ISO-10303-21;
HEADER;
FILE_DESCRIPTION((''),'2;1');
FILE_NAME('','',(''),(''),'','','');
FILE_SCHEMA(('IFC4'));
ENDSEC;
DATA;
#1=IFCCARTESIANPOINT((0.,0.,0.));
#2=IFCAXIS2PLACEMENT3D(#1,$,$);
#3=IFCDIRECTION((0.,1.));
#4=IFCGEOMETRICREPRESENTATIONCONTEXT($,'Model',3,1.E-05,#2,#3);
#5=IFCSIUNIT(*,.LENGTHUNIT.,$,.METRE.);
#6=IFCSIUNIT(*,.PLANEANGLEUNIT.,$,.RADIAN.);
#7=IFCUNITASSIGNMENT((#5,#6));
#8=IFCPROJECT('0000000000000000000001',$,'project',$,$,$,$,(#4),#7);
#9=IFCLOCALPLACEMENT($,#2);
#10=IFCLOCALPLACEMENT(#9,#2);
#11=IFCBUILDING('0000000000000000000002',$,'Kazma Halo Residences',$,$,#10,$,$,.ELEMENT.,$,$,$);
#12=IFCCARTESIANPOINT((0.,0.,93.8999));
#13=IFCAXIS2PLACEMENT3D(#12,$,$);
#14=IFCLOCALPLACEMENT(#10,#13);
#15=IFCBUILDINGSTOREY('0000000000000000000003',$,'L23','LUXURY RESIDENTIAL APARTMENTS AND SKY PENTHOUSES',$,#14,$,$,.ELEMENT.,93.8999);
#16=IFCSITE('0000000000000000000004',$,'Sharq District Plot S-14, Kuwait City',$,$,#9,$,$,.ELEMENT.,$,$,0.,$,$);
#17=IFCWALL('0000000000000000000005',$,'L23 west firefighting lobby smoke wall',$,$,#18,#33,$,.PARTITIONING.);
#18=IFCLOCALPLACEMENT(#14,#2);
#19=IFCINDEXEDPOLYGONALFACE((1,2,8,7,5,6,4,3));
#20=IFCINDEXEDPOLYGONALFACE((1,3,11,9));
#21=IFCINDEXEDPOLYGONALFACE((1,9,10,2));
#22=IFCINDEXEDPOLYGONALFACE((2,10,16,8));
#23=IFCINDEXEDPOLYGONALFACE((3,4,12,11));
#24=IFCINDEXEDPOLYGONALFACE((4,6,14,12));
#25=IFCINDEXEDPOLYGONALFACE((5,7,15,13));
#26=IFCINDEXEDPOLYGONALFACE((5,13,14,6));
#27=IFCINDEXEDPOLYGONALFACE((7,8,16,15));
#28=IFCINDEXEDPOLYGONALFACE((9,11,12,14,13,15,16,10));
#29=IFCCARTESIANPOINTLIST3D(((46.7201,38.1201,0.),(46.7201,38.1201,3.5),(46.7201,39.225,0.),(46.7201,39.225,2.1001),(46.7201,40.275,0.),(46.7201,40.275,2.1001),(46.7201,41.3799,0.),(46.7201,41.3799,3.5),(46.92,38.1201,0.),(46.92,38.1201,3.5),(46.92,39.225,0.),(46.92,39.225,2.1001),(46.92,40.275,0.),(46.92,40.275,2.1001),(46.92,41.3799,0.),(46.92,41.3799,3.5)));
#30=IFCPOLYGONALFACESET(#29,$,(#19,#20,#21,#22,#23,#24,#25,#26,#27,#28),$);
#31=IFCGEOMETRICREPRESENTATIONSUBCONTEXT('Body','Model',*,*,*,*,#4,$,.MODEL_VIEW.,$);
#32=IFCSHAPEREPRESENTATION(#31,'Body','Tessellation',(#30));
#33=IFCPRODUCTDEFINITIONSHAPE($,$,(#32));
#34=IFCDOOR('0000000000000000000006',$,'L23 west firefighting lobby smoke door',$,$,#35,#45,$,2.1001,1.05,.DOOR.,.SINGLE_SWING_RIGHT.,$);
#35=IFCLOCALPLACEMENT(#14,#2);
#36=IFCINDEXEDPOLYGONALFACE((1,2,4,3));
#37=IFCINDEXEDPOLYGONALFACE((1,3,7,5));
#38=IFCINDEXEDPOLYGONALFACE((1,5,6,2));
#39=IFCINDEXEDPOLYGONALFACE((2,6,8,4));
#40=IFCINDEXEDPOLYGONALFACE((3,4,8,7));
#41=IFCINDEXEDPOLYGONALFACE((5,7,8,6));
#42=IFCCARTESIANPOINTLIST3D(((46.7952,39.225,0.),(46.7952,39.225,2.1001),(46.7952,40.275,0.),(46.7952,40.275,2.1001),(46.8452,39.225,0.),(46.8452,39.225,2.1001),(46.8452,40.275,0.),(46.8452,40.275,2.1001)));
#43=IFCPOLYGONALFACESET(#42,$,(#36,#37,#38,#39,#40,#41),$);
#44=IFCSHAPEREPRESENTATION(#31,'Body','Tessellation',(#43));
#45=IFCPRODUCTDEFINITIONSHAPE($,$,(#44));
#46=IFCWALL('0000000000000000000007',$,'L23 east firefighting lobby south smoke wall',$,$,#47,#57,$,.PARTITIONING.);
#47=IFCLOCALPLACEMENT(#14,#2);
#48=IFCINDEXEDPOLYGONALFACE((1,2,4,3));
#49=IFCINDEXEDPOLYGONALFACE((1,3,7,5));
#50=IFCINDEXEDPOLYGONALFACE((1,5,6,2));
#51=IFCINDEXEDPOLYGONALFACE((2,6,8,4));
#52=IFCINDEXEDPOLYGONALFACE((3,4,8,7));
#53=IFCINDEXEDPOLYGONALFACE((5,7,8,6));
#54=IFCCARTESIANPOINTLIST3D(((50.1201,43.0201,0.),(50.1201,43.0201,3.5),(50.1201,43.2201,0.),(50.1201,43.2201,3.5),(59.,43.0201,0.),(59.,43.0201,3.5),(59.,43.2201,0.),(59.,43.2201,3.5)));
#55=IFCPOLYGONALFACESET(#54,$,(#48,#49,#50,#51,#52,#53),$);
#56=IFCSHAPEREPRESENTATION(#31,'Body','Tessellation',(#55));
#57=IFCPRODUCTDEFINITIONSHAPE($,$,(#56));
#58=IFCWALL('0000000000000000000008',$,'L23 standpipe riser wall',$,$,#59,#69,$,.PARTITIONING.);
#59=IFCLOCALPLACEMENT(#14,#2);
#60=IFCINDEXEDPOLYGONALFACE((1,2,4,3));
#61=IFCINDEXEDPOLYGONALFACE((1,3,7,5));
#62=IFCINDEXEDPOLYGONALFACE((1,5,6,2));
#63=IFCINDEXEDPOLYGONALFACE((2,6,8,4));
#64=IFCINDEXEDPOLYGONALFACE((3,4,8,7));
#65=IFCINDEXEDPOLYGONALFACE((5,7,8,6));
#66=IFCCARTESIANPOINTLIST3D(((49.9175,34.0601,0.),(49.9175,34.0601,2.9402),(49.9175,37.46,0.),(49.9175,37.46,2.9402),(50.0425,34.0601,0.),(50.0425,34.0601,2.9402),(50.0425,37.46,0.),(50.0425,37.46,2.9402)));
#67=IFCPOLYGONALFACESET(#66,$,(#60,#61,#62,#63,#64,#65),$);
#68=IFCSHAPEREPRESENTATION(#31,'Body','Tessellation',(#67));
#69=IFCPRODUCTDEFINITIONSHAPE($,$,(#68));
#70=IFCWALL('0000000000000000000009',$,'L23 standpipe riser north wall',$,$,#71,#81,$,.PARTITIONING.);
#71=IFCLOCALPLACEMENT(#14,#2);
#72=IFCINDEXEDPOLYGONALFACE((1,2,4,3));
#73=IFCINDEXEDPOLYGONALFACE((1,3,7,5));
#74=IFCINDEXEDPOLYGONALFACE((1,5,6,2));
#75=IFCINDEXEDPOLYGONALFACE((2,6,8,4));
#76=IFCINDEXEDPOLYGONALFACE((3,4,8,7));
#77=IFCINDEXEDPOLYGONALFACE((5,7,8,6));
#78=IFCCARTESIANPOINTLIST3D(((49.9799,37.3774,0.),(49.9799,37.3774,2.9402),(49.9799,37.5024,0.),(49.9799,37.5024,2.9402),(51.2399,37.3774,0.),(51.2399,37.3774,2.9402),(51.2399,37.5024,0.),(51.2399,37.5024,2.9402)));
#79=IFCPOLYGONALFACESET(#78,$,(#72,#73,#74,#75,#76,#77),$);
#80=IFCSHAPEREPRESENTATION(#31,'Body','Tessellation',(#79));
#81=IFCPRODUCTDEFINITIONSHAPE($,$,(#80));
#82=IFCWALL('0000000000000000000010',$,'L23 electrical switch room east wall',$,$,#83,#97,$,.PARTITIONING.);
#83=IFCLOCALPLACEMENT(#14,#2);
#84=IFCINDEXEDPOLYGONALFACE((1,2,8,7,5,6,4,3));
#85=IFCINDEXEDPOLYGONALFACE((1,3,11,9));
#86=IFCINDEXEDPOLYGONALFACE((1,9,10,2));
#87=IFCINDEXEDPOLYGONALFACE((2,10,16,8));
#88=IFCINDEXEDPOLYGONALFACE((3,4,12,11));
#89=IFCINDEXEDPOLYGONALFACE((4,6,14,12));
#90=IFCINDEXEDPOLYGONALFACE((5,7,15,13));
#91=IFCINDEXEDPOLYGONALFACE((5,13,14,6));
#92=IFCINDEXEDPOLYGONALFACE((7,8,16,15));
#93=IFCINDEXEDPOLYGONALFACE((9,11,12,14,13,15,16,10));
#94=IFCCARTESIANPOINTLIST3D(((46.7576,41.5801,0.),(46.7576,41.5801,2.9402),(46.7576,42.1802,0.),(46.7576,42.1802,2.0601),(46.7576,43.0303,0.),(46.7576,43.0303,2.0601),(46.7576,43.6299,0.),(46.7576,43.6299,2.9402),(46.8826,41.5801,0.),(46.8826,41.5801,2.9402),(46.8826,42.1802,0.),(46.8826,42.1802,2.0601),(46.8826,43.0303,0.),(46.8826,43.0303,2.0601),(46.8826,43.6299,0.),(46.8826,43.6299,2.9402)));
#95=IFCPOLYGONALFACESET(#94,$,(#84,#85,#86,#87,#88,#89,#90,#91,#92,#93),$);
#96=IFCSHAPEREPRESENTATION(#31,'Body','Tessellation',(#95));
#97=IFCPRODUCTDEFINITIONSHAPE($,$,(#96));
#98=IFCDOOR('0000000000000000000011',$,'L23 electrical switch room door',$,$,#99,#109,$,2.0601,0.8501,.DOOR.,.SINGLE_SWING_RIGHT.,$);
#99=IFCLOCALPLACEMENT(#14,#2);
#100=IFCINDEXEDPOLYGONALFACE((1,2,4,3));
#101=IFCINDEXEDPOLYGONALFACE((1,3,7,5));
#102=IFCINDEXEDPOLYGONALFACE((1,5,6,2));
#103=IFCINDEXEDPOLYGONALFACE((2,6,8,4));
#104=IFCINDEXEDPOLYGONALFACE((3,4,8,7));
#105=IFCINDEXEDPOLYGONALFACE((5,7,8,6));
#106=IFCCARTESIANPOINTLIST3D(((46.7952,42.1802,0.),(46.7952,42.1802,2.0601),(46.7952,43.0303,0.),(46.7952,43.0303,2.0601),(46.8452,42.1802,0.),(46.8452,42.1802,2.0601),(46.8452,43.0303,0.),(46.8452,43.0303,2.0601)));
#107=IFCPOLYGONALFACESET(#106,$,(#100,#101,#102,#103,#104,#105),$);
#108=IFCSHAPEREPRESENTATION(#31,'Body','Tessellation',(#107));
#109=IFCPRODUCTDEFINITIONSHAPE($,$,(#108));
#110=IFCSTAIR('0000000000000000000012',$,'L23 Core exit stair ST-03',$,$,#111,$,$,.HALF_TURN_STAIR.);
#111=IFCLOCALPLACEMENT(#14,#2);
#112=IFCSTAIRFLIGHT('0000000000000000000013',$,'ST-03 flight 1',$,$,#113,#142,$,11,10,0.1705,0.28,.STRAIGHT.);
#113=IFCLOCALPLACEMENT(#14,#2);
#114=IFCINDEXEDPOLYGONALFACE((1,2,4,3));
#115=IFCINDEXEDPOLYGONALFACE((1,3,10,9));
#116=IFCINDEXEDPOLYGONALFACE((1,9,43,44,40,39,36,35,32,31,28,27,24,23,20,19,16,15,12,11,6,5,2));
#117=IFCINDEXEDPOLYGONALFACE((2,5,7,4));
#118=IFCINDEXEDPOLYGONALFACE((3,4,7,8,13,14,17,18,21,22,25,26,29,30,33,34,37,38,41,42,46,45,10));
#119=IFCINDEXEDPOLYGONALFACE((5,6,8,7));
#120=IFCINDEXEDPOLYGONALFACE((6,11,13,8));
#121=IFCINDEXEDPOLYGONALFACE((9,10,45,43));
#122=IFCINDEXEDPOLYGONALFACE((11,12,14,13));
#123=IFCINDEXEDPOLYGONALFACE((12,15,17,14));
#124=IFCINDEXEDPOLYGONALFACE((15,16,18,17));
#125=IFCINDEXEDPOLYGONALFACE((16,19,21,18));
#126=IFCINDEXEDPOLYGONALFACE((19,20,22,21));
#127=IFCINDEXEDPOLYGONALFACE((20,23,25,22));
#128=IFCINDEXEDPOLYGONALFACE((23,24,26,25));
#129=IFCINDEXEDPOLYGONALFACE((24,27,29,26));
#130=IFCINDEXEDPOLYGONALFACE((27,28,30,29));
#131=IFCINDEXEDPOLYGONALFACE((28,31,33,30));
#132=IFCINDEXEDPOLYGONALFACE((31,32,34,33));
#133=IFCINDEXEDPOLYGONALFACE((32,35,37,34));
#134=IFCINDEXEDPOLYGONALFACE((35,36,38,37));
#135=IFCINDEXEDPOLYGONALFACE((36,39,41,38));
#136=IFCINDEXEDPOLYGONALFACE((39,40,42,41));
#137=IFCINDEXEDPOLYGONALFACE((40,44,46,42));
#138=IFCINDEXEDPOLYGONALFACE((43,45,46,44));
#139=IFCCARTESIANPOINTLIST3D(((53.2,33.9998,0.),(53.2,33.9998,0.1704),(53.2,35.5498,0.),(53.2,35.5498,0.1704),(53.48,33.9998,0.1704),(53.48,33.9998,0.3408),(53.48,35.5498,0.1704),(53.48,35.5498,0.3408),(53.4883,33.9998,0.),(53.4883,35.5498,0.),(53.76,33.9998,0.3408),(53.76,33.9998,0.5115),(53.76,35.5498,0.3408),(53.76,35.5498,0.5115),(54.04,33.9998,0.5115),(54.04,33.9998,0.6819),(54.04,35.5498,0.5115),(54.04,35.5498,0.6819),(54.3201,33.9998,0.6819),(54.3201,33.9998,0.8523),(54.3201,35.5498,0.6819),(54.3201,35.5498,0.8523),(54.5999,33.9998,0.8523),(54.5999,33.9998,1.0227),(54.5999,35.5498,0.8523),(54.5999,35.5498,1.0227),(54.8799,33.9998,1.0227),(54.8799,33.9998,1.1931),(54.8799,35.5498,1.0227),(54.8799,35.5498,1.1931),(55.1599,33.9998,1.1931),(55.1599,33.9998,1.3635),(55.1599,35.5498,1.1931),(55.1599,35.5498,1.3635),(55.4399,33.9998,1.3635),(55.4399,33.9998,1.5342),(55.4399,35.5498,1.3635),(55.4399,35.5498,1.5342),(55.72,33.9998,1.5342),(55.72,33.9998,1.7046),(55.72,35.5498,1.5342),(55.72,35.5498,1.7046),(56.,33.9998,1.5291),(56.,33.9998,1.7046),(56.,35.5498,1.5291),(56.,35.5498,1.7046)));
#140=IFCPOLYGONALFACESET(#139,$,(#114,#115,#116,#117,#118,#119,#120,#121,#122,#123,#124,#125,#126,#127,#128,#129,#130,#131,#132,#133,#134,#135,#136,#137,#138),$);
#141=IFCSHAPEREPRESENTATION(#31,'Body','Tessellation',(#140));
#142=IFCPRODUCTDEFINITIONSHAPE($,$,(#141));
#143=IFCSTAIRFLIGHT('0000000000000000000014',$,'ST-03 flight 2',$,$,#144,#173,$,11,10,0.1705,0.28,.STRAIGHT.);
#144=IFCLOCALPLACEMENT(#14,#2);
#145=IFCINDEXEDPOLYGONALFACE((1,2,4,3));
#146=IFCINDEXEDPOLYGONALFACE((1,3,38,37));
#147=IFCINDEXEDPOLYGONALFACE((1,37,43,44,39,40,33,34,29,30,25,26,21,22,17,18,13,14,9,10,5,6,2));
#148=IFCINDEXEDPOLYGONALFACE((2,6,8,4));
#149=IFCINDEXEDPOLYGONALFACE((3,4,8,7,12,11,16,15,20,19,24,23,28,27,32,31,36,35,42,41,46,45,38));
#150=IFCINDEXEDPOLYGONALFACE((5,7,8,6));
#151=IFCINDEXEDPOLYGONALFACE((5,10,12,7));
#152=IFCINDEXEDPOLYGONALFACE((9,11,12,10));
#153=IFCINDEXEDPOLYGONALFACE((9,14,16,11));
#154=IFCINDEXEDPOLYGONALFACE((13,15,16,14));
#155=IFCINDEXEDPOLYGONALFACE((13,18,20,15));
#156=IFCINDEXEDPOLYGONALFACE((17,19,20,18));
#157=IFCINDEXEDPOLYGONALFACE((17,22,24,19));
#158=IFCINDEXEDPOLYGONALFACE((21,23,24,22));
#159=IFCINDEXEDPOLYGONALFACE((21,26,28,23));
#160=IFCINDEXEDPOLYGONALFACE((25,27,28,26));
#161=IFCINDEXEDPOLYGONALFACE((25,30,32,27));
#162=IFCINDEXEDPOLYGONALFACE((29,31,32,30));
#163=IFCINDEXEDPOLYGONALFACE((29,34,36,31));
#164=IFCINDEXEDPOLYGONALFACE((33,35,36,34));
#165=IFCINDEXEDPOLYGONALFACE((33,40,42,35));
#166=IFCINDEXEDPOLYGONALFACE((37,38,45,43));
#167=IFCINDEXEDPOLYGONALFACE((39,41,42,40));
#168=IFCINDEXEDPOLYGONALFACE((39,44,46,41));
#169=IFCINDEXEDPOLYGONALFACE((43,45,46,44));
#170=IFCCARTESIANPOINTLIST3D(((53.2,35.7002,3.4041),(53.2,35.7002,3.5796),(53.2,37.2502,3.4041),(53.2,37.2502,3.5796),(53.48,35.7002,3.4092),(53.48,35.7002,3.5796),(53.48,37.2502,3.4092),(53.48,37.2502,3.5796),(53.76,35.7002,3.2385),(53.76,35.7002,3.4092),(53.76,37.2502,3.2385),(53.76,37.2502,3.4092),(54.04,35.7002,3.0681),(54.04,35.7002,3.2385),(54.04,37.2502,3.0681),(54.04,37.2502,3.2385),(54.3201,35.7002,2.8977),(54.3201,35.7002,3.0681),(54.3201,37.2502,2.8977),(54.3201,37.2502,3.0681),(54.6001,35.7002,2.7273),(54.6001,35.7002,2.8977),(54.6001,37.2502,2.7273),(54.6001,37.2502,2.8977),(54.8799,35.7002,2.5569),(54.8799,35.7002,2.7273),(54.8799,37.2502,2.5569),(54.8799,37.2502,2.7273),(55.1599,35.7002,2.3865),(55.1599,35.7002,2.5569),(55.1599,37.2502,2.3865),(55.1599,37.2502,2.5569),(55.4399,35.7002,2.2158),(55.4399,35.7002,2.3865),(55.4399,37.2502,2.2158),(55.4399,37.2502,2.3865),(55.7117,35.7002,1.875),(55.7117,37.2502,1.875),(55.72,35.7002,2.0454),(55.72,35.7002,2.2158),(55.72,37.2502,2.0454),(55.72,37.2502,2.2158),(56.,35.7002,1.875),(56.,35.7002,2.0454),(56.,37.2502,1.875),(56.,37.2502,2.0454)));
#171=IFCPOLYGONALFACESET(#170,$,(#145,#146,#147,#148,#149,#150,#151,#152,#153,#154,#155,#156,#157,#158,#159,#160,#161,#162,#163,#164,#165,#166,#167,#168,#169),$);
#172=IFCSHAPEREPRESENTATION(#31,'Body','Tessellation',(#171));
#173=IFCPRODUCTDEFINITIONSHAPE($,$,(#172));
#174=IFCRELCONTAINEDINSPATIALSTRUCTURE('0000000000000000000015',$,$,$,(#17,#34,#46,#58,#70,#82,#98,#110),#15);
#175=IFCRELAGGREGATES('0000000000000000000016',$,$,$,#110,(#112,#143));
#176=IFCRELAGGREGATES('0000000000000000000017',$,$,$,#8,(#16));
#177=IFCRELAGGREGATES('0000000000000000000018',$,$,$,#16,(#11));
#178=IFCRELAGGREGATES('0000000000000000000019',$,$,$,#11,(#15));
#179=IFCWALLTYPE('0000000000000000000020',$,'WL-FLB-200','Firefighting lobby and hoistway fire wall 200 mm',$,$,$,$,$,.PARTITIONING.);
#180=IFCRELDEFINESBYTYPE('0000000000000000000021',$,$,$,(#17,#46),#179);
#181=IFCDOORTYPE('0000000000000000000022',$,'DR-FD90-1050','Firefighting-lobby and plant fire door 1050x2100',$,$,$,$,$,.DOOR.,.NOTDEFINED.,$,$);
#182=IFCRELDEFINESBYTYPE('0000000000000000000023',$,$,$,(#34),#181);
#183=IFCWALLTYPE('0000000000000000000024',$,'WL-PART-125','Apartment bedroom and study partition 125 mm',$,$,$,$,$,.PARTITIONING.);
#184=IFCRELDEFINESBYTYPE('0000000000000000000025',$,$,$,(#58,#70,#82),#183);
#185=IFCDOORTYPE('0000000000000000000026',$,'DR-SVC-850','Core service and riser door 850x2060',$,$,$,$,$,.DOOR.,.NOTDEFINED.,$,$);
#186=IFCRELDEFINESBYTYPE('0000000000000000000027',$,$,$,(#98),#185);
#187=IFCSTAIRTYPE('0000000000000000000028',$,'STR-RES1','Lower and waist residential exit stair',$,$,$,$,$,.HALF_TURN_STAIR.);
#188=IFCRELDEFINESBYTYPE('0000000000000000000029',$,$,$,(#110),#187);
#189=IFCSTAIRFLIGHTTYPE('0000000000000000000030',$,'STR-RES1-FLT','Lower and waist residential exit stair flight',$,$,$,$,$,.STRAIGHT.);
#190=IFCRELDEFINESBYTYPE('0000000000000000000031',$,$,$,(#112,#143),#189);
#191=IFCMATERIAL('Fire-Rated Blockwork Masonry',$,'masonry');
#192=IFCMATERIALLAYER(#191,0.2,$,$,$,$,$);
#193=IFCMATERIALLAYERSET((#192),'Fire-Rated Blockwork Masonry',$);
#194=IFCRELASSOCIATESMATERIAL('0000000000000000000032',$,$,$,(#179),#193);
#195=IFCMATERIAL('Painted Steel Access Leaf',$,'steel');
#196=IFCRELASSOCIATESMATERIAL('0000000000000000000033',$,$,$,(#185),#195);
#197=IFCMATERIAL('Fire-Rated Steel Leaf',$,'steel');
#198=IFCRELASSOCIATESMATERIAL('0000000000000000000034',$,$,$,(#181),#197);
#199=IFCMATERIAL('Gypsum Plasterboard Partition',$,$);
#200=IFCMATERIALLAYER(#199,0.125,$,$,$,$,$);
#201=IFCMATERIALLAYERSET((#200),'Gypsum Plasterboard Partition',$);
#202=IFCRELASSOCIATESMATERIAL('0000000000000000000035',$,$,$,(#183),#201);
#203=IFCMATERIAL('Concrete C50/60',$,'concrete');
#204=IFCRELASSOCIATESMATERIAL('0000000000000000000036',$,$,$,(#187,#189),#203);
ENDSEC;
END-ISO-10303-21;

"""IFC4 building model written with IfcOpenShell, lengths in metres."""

from ifc_helpers import new_model, si_unit, direction, frame, frame_2d, origin, place, context, subcontext, project, spatial, polyline, rectangle, outline, extrude, material, layer, layer_set, type_object, element, fill, aggregate, save


model = new_model("IFC4")

# Units and contexts
model_context = context("Model", 3, precision=1e-05, world=origin(), true_north=direction((0.0, 1.0)))
body_context = subcontext(model_context, "Body", "Model", "MODEL_VIEW")
ifc_project = project(units=[si_unit("LENGTHUNIT", "METRE"), si_unit("PLANEANGLEUNIT", "RADIAN")], contexts=[model_context])

# Site, building, storey
site_placement = place(None, origin())
site = spatial("IfcSite", under=ifc_project, at=site_placement, Name="Sharq District Plot S-14, Kuwait City", CompositionType="ELEMENT", RefElevation=0.0)
building_placement = place(site_placement, origin())
building = spatial("IfcBuilding", under=site, at=building_placement, Name="Kazma Halo Residences", CompositionType="ELEMENT")
storey_placement = place(building_placement, frame((0.0, 0.0, 93.8999)))
storey = spatial("IfcBuildingStorey", under=building, at=storey_placement, Name="L23", Description="LUXURY RESIDENTIAL APARTMENTS AND SKY PENTHOUSES", CompositionType="ELEMENT", Elevation=93.8999)

# Shared definitions
ifc_material_1 = material(Name="Fire-Rated Blockwork Masonry", Category="masonry")
ifc_layer_1 = layer(ifc_material_1, 0.2)
ifc_layer_set_1 = layer_set([ifc_layer_1], Name="Fire-Rated Blockwork Masonry")
wall_type_1 = type_object("IfcWallType", Name="WL-FLB-200", Description="Firefighting lobby and hoistway fire wall 200 mm", PredefinedType="PARTITIONING", material=ifc_layer_set_1)

# Wall, opening, door
ifc_material_2 = material(Name="Painted Steel Access Leaf", Category="steel")
door_type_1 = type_object("IfcDoorType", Name="DR-SVC-850", Description="Core service and riser door 850x2060", OperationType="NOTDEFINED", PredefinedType="DOOR", material=ifc_material_2)
wall_1_placement = place(storey_placement, frame((46.8201, 38.1201, 0.0), z_axis=(0.0, 0.0, 1.0), x_axis=(0.0, 1.0, 0.0)))
wall_1 = element("IfcWall", 1, at=wall_1_placement, inside=storey, type_object=wall_type_1, Name="L23 west firefighting lobby smoke wall", PredefinedType="PARTITIONING", context=body_context, shape_type="SweptSolid", body=[
    extrude(rectangle(XDim=3.2598, YDim=0.2, at=frame_2d((1.6299, 0.0))), origin(), (0.0, 0.0, 1.0), 3.5),
])
opening_1_placement = place(wall_1_placement, frame((1.105, 0.0, 0.0)))
opening_1 = element("IfcOpeningElement", 2, at=opening_1_placement, cuts=wall_1, PredefinedType="OPENING", context=body_context, shape_type="SweptSolid", body=[
    extrude(rectangle(XDim=1.05, YDim=2.1001, at=frame_2d((0.5249, 1.05))), frame((0.0, 0.1099, 0.0), z_axis=(0.0, -1.0, 0.0), x_axis=(1.0, 0.0, 0.0)), (0.0, 0.0, 1.0), 0.22),
])
ifc_material_3 = material(Name="Fire-Rated Steel Leaf", Category="steel")
door_type_2 = type_object("IfcDoorType", Name="DR-FD90-1050", Description="Firefighting-lobby and plant fire door 1050x2100", OperationType="NOTDEFINED", PredefinedType="DOOR", material=ifc_material_3)
door_1_placement = place(opening_1_placement, origin())
door_1 = element("IfcDoor", 3, at=door_1_placement, inside=storey, type_object=door_type_2, Name="L23 west firefighting lobby smoke door", OperationType="SINGLE_SWING_RIGHT", OverallHeight=2.1001, OverallWidth=1.05, PredefinedType="DOOR", context=body_context, shape_type="SweptSolid", body=[
    extrude(rectangle(XDim=1.05, YDim=2.1001, at=frame_2d((0.5249, 1.05))), frame((0.0, 0.0249, 0.0), z_axis=(0.0, -1.0, 0.0), x_axis=(1.0, 0.0, 0.0)), (0.0, 0.0, 1.0), 0.05),
])
fill(opening_1, door_1)

# Walls
wall_2_placement = place(storey_placement, frame((50.1201, 43.1201, 0.0), z_axis=(0.0, 0.0, 1.0), x_axis=(1.0, 0.0, 0.0)))
element("IfcWall", 4, at=wall_2_placement, inside=storey, type_object=wall_type_1, Name="L23 east firefighting lobby south smoke wall", PredefinedType="PARTITIONING", context=body_context, shape_type="SweptSolid", body=[
    extrude(rectangle(XDim=8.8799, YDim=0.2, at=frame_2d((4.4399, 0.0))), origin(), (0.0, 0.0, 1.0), 3.5),
])
ifc_material_4 = material(Name="Gypsum Plasterboard Partition")
ifc_layer_2 = layer(ifc_material_4, 0.125)
ifc_layer_set_2 = layer_set([ifc_layer_2], Name="Gypsum Plasterboard Partition")
wall_type_2 = type_object("IfcWallType", Name="WL-PART-125", Description="Apartment bedroom and study partition 125 mm", PredefinedType="PARTITIONING", material=ifc_layer_set_2)
wall_3_placement = place(storey_placement, frame((49.98, 34.0601, 0.0), z_axis=(0.0, 0.0, 1.0), x_axis=(0.0, 1.0, 0.0)))
element("IfcWall", 5, at=wall_3_placement, inside=storey, type_object=wall_type_2, Name="L23 standpipe riser wall", PredefinedType="PARTITIONING", context=body_context, shape_type="SweptSolid", body=[
    extrude(rectangle(XDim=3.3999, YDim=0.125, at=frame_2d((1.7, 0.0))), origin(), (0.0, 0.0, 1.0), 2.9402),
])
wall_4_placement = place(storey_placement, frame((49.98, 37.4399, 0.0), z_axis=(0.0, 0.0, 1.0), x_axis=(1.0, 0.0, 0.0)))
element("IfcWall", 6, at=wall_4_placement, inside=storey, type_object=wall_type_2, Name="L23 standpipe riser north wall", PredefinedType="PARTITIONING", context=body_context, shape_type="SweptSolid", body=[
    extrude(rectangle(XDim=1.26, YDim=0.125, at=frame_2d((0.6299, 0.0))), origin(), (0.0, 0.0, 1.0), 2.9402),
])

# Wall, opening, door
wall_5_placement = place(storey_placement, frame((46.8201, 41.5801, 0.0), z_axis=(0.0, 0.0, 1.0), x_axis=(0.0, 1.0, 0.0)))
wall_5 = element("IfcWall", 7, at=wall_5_placement, inside=storey, type_object=wall_type_2, Name="L23 electrical switch room east wall", PredefinedType="PARTITIONING", context=body_context, shape_type="SweptSolid", body=[
    extrude(rectangle(XDim=2.0498, YDim=0.125, at=frame_2d((1.0249, 0.0))), origin(), (0.0, 0.0, 1.0), 2.9402),
])
opening_2_placement = place(wall_5_placement, frame((0.6001, 0.0, 0.0)))
opening_2 = element("IfcOpeningElement", 8, at=opening_2_placement, cuts=wall_5, PredefinedType="OPENING", context=body_context, shape_type="SweptSolid", body=[
    extrude(rectangle(XDim=0.8501, YDim=2.0601, at=frame_2d((0.425, 1.03))), frame((0.0, 0.0725, 0.0), z_axis=(0.0, -1.0, 0.0), x_axis=(1.0, 0.0, 0.0)), (0.0, 0.0, 1.0), 0.145),
])
door_2_placement = place(opening_2_placement, origin())
door_2 = element("IfcDoor", 9, at=door_2_placement, inside=storey, type_object=door_type_1, Name="L23 electrical switch room door", OperationType="SINGLE_SWING_RIGHT", OverallHeight=2.0601, OverallWidth=0.8501, PredefinedType="DOOR", context=body_context, shape_type="SweptSolid", body=[
    extrude(rectangle(XDim=0.8501, YDim=2.0601, at=frame_2d((0.425, 1.03))), frame((0.0, 0.0249, 0.0), z_axis=(0.0, -1.0, 0.0), x_axis=(1.0, 0.0, 0.0)), (0.0, 0.0, 1.0), 0.05),
])
fill(opening_2, door_2)
ifc_material_5 = material(Name="Concrete C50/60", Category="concrete")

# Stair, stair flights
stair_type = type_object("IfcStairType", Name="STR-RES1", Description="Lower and waist residential exit stair", PredefinedType="HALF_TURN_STAIR", material=ifc_material_5)
stair_placement = place(storey_placement, origin())
stair = element("IfcStair", 10, at=stair_placement, inside=storey, type_object=stair_type, Name="L23 Core exit stair ST-03", PredefinedType="HALF_TURN_STAIR")
stair_flight_type = type_object("IfcStairFlightType", Name="STR-RES1-FLT", Description="Lower and waist residential exit stair flight", PredefinedType="STRAIGHT", material=ifc_material_5)
stair_flight_1_placement = place(storey_placement, frame((53.2, 34.7749, 0.0), z_axis=(0.0, 0.0, 1.0), x_axis=(1.0, 0.0, 0.0)))
stair_flight_1 = element("IfcStairFlight", 11, at=stair_flight_1_placement, type_object=stair_flight_type, Name="ST-03 flight 1", NumberOfRisers=11, NumberOfTreads=10, PredefinedType="STRAIGHT", RiserHeight=0.1705, TreadLength=0.28, context=body_context, shape_type="SweptSolid", body=[
    extrude(outline(polyline([(0.0, 0.0), (0.0, 0.1704), (0.28, 0.1704), (0.28, 0.3408), (0.5601, 0.3408), (0.5601, 0.5115), (0.8401, 0.5115), (0.8401, 0.6819), (1.1201, 0.6819), (1.1201, 0.8523), (1.3999, 0.8523), (1.3999, 1.0227), (1.6799, 1.0227), (1.6799, 1.1931), (1.96, 1.1931), (1.96, 1.3635), (2.24, 1.3635), (2.24, 1.5342), (2.52, 1.5342), (2.52, 1.7046), (2.8, 1.7046), (2.8, 1.875), (2.8, 1.5291), (0.2883, 0.0), (0.0, 0.0)])), frame((0.0, 0.7749, 0.0), z_axis=(0.0, -1.0, 0.0), x_axis=(1.0, 0.0, 0.0)), (0.0, 0.0, 1.0), 1.55),
])
stair_flight_2_placement = place(storey_placement, frame((56.0, 36.4751, 1.875), z_axis=(0.0, 0.0, 1.0), x_axis=(-1.0, 0.0, 0.0)))
stair_flight_2 = element("IfcStairFlight", 12, at=stair_flight_2_placement, type_object=stair_flight_type, Name="ST-03 flight 2", NumberOfRisers=11, NumberOfTreads=10, PredefinedType="STRAIGHT", RiserHeight=0.1705, TreadLength=0.28, context=body_context, shape_type="SweptSolid", body=[
    extrude(outline(polyline([(0.0, 0.0), (0.0, 0.1704), (0.28, 0.1704), (0.28, 0.3408), (0.5601, 0.3408), (0.5601, 0.5115), (0.8401, 0.5115), (0.8401, 0.6819), (1.1201, 0.6819), (1.1201, 0.8523), (1.3999, 0.8523), (1.3999, 1.0227), (1.6799, 1.0227), (1.6799, 1.1931), (1.96, 1.1931), (1.96, 1.3635), (2.24, 1.3635), (2.24, 1.5342), (2.52, 1.5342), (2.52, 1.7046), (2.8, 1.7046), (2.8, 1.875), (2.8, 1.5291), (0.2883, 0.0), (0.0, 0.0)])), frame((0.0, 0.7749, 0.0), z_axis=(0.0, -1.0, 0.0), x_axis=(1.0, 0.0, 0.0)), (0.0, 0.0, 1.0), 1.55),
])
aggregate(stair, [stair_flight_1, stair_flight_2])

save(model, "model.ifc")
